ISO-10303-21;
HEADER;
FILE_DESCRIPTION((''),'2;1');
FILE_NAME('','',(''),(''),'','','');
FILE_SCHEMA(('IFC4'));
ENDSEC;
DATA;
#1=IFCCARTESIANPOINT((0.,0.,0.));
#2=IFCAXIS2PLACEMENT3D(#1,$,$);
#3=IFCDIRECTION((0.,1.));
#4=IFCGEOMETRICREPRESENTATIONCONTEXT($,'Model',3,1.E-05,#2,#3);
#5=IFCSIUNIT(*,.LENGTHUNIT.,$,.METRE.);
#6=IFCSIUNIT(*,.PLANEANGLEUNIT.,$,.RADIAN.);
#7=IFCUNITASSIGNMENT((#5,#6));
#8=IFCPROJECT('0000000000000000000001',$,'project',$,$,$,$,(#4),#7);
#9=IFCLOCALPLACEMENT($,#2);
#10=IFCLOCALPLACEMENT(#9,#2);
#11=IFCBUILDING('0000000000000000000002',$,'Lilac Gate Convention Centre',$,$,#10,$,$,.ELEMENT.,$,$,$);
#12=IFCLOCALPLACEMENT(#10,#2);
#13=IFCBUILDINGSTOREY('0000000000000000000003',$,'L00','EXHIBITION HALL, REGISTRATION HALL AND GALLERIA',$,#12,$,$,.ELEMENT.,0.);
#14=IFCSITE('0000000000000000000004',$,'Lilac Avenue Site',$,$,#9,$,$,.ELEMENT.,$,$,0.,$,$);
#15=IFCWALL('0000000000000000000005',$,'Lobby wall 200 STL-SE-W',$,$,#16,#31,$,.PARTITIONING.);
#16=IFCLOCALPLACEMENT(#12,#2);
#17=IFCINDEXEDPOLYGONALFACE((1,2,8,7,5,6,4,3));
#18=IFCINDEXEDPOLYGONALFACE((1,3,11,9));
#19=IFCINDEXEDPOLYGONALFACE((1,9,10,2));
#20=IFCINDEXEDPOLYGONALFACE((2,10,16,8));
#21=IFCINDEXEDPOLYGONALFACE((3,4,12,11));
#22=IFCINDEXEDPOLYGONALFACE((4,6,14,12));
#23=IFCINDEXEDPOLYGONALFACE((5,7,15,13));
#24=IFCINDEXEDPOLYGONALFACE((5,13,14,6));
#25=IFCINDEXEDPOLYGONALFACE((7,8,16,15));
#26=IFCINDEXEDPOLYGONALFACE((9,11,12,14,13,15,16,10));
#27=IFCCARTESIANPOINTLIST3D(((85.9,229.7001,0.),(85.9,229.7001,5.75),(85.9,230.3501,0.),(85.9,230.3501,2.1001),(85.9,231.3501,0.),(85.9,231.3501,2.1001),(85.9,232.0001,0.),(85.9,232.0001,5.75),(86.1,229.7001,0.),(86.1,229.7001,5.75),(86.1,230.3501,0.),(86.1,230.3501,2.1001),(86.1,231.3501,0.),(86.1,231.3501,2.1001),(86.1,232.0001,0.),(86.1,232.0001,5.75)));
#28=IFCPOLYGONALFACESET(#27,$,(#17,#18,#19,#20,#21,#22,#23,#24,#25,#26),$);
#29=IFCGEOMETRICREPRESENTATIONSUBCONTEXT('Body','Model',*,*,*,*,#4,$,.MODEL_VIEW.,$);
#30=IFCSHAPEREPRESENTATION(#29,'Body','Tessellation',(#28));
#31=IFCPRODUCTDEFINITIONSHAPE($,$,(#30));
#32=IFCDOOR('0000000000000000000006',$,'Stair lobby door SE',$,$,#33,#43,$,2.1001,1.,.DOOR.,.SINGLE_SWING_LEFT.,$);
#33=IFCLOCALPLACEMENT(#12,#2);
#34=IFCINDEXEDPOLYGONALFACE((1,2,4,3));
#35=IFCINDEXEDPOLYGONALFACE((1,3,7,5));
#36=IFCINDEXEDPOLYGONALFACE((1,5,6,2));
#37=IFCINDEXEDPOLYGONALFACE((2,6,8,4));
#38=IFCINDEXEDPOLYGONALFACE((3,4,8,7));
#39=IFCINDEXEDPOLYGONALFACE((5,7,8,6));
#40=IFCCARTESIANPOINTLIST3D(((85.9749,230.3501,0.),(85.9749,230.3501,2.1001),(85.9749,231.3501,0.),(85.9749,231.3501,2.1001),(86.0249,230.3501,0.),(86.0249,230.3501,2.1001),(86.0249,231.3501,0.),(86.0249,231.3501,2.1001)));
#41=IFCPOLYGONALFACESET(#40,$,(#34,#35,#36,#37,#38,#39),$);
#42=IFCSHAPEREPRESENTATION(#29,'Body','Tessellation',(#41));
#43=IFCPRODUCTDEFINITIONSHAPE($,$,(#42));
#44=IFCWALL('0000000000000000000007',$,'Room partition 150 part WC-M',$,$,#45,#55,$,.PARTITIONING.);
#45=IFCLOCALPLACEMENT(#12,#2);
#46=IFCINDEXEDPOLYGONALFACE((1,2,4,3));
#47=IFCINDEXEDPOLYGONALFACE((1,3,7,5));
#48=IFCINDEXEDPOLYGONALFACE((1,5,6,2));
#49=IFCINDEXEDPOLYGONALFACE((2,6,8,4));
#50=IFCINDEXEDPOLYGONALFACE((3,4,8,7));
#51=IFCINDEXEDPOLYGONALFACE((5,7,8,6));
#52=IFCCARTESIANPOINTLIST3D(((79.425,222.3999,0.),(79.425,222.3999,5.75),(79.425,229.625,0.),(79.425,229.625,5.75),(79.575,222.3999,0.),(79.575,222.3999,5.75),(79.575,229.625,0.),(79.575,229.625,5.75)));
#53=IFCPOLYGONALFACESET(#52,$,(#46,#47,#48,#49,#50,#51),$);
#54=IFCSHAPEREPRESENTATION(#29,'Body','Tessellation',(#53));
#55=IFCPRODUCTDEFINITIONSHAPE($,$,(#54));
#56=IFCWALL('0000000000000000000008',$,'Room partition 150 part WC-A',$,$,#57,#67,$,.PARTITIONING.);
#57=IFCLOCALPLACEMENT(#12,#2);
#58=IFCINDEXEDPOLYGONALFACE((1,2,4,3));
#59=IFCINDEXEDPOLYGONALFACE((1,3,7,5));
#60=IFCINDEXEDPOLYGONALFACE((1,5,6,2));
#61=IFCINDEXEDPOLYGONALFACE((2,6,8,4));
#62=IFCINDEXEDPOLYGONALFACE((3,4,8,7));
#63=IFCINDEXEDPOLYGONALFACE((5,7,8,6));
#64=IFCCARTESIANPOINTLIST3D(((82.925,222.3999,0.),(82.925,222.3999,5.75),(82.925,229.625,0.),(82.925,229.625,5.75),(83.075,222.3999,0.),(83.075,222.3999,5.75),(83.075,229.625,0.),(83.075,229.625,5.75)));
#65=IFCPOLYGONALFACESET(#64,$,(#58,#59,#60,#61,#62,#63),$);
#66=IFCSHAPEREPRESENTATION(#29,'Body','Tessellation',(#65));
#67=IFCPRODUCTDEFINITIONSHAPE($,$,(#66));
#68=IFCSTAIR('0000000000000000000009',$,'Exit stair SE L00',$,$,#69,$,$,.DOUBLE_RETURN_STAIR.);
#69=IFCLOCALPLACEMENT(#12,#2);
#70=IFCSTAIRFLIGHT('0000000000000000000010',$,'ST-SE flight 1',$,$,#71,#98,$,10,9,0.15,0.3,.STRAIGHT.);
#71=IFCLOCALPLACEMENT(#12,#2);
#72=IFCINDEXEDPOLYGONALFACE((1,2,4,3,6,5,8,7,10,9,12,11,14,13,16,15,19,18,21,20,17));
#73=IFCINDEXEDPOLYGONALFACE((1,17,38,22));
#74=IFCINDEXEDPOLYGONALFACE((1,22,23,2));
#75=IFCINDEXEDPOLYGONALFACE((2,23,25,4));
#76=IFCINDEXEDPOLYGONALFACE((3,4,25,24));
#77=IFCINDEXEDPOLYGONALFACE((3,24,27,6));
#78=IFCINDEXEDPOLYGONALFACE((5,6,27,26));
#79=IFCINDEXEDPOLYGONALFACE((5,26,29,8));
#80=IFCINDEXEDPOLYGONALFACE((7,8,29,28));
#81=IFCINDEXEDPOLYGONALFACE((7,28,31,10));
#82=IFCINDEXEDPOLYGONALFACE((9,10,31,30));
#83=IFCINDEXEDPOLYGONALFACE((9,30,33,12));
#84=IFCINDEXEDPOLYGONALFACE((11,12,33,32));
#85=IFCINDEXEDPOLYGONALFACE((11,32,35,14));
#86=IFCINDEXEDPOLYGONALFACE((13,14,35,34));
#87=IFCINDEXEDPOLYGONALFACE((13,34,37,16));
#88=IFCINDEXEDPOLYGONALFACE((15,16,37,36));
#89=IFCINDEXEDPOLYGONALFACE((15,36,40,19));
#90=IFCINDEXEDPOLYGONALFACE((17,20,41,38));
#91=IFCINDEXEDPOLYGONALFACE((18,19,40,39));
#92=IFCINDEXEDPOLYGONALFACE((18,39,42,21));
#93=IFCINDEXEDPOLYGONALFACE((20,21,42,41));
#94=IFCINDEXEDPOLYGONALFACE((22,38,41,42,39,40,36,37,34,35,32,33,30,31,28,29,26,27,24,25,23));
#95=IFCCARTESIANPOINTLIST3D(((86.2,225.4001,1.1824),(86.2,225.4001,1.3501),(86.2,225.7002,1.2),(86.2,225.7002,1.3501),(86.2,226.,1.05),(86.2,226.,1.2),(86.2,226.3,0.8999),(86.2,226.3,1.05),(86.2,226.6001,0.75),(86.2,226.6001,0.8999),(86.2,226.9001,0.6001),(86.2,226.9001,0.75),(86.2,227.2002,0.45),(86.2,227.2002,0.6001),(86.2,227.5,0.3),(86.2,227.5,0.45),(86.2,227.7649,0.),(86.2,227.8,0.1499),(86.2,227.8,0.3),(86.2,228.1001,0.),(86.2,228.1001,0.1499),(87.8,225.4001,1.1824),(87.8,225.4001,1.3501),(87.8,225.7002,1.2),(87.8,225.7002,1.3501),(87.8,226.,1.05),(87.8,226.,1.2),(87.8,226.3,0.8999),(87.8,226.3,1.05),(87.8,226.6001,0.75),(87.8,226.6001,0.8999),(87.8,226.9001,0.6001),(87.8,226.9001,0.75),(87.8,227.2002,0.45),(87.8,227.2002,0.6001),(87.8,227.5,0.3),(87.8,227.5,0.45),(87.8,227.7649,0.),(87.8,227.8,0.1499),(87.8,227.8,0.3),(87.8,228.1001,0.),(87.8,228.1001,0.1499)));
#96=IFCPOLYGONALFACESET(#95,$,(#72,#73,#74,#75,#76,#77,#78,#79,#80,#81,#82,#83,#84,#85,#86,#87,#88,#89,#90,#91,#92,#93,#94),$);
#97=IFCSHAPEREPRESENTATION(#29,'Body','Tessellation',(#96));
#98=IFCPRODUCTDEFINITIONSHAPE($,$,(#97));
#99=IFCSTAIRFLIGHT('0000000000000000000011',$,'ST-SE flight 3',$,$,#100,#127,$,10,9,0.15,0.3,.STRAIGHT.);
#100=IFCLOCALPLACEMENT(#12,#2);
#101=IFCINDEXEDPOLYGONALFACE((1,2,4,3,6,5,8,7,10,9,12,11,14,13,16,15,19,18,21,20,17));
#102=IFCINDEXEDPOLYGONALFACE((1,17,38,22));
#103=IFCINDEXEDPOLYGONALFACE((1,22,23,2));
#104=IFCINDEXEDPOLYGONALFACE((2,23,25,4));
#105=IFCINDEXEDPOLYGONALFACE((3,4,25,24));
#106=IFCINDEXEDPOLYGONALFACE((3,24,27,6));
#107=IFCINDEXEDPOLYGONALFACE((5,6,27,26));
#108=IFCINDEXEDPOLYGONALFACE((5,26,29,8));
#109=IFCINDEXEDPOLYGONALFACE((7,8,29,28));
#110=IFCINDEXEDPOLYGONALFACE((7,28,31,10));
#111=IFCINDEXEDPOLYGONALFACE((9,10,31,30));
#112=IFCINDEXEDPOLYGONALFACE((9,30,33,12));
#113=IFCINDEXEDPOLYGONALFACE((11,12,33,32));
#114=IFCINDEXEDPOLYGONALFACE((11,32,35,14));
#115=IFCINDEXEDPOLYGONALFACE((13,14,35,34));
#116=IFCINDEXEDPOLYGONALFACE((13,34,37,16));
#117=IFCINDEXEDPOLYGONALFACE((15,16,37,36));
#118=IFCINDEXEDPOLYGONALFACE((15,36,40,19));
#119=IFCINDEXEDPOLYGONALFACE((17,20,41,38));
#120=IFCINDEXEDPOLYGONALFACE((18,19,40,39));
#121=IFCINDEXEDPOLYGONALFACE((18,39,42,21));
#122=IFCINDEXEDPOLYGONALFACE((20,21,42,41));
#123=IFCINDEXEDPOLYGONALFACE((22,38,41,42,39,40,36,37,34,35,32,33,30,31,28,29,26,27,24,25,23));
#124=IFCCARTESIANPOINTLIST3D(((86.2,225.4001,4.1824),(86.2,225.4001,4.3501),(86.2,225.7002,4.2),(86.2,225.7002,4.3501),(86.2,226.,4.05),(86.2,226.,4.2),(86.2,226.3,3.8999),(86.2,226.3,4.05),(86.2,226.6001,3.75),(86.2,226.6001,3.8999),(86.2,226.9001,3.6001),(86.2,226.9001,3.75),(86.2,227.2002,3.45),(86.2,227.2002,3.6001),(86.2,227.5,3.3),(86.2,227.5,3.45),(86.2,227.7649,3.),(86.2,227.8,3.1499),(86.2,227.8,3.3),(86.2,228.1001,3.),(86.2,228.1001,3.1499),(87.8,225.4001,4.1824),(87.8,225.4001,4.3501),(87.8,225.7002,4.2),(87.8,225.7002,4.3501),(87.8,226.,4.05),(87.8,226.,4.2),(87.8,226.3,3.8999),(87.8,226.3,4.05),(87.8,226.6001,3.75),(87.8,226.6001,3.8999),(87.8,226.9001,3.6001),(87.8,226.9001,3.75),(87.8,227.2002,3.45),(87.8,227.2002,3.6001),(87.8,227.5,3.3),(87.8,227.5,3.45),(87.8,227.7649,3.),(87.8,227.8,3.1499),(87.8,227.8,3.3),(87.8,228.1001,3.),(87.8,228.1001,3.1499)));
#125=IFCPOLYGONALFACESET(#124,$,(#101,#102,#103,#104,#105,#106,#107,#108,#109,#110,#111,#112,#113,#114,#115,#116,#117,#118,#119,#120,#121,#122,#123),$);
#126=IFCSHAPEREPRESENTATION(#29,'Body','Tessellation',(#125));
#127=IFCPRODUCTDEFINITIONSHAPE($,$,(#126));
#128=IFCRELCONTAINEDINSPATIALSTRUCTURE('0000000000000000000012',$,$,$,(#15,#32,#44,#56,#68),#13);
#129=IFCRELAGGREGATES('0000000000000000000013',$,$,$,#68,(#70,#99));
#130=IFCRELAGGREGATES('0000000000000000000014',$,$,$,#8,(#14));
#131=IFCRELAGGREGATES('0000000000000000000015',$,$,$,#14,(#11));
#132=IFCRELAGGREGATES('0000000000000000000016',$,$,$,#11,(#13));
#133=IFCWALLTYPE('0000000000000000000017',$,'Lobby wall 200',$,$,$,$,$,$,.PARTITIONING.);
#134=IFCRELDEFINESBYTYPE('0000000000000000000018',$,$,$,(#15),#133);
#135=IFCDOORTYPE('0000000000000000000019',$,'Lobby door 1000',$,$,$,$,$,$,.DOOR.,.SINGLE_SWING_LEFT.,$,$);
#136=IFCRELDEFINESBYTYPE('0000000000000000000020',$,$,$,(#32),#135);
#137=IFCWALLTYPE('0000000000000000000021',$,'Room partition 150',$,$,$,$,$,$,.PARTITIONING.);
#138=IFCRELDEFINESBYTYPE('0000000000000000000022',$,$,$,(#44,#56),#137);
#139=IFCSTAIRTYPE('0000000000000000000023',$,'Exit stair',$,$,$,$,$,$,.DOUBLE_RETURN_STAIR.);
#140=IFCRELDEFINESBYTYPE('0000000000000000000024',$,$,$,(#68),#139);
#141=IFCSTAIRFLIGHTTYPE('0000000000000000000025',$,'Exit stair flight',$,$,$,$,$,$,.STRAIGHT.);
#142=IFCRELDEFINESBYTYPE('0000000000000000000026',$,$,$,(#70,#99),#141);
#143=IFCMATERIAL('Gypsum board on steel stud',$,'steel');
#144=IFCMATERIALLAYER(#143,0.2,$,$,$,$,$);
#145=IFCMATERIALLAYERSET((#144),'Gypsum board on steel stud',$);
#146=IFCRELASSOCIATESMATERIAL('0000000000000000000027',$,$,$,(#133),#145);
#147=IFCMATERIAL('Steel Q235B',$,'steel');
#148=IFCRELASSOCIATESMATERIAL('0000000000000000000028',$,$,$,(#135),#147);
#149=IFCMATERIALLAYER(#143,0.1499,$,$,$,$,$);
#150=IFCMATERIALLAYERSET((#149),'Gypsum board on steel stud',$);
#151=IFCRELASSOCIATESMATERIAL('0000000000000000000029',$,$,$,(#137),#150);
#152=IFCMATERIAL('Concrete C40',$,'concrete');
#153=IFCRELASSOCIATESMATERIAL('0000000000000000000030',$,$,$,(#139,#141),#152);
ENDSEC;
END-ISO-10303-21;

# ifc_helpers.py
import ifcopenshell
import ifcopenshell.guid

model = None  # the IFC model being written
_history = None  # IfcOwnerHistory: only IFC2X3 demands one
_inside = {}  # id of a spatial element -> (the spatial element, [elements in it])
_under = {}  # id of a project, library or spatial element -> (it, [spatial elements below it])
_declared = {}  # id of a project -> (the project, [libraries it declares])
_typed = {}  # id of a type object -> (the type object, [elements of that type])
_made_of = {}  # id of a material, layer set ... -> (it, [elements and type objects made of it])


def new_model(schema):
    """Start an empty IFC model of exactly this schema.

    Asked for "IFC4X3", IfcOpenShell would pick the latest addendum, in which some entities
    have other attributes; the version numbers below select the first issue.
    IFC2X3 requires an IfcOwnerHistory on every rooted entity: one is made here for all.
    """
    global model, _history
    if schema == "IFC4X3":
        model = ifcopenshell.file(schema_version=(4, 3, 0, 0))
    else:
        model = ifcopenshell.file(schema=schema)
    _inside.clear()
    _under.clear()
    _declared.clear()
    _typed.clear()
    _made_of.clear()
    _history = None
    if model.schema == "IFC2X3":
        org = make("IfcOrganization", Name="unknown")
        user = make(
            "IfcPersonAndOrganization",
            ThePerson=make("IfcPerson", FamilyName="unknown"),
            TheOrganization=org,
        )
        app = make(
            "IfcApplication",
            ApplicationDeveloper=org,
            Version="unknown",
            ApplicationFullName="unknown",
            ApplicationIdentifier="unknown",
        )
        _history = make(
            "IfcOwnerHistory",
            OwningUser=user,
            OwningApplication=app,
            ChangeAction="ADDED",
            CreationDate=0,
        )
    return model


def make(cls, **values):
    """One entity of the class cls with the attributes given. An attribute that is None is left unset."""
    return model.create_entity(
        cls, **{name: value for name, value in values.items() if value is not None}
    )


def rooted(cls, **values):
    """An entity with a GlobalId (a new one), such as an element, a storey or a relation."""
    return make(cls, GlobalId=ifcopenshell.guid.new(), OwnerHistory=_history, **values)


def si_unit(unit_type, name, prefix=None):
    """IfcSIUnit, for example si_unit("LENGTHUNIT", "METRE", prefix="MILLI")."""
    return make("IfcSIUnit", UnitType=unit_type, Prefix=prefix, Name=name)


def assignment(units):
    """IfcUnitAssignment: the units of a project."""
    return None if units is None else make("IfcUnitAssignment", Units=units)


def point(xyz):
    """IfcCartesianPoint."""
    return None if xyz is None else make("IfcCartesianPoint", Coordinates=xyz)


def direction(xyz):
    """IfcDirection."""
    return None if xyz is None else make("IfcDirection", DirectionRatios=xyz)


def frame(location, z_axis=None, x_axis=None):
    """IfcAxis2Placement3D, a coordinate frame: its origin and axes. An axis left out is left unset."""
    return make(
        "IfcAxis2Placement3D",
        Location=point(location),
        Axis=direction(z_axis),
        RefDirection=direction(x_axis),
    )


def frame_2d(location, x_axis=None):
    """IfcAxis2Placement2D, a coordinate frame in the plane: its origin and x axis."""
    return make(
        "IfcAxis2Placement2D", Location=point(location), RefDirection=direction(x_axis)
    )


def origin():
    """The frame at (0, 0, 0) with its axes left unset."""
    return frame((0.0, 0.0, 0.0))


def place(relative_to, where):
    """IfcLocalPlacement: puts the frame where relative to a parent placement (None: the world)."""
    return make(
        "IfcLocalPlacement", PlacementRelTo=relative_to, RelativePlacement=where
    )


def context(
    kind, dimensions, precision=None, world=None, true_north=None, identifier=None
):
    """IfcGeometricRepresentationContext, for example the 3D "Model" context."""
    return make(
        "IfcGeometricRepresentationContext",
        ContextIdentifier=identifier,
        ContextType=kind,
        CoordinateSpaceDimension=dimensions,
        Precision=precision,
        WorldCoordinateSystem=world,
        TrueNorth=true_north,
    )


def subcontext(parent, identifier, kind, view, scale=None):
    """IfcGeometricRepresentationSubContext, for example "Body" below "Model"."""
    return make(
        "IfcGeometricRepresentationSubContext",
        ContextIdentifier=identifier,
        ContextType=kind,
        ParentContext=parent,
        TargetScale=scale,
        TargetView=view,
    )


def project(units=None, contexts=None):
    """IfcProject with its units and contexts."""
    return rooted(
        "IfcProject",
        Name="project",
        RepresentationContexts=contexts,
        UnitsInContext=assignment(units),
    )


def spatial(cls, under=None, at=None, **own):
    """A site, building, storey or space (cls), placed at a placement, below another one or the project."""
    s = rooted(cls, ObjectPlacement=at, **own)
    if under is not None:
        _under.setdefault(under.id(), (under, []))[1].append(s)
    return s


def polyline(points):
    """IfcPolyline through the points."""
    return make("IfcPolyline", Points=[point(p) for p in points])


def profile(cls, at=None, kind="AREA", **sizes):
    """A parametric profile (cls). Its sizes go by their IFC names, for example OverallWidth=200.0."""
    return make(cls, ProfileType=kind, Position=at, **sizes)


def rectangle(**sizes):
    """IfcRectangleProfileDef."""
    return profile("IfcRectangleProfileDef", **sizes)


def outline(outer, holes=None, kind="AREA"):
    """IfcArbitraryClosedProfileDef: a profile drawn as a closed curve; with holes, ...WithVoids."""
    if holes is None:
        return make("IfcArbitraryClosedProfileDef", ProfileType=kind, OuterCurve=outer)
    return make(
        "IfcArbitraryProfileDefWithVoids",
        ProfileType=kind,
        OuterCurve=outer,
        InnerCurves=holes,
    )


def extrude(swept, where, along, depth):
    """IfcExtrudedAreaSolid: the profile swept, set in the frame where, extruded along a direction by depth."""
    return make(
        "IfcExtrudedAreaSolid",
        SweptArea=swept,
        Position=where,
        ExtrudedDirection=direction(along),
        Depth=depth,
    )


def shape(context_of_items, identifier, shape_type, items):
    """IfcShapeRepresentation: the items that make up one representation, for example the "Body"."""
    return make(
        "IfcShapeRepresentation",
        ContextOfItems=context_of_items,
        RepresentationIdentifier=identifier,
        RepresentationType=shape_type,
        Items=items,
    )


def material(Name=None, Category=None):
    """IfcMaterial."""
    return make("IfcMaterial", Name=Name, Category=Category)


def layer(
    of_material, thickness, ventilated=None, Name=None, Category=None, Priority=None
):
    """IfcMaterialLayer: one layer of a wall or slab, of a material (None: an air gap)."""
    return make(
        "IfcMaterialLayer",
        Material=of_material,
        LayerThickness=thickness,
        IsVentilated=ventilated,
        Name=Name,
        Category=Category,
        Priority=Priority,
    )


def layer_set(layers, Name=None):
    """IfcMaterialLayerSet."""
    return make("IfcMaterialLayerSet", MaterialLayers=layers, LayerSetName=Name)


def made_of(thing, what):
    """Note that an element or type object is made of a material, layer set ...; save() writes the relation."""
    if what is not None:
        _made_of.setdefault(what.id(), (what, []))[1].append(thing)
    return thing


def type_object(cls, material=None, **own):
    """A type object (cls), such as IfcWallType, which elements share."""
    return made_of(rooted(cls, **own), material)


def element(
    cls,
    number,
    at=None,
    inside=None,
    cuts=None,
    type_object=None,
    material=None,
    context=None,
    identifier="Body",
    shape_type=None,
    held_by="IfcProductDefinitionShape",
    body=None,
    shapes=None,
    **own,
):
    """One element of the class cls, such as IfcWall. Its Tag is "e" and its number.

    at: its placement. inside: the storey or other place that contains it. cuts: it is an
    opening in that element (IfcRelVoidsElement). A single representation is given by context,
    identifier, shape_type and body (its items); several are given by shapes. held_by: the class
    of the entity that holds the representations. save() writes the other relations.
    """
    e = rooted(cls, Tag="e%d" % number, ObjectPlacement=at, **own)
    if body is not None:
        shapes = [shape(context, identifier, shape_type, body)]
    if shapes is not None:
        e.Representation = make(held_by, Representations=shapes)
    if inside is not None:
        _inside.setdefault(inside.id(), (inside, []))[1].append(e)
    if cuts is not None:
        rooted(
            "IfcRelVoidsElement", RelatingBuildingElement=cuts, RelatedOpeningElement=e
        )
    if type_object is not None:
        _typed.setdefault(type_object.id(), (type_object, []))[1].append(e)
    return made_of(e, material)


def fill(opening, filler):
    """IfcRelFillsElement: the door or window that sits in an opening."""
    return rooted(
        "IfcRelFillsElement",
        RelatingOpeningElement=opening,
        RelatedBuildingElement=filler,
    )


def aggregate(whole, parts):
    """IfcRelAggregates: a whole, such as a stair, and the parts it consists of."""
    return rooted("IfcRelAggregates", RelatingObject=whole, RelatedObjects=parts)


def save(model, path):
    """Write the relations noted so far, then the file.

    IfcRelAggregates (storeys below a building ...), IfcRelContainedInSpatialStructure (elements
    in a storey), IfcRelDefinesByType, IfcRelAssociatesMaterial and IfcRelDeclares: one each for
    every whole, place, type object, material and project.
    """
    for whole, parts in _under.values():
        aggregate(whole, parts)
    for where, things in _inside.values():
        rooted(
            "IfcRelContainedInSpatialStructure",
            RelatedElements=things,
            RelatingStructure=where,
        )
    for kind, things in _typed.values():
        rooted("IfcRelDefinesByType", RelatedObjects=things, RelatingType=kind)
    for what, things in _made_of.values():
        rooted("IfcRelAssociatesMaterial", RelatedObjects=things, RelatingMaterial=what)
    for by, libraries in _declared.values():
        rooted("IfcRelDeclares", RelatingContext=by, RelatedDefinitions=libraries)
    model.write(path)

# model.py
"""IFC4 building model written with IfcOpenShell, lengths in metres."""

from ifc_helpers import new_model, si_unit, direction, frame, frame_2d, origin, place, context, subcontext, project, spatial, polyline, rectangle, outline, extrude, material, layer, layer_set, type_object, element, fill, aggregate, save


model = new_model("IFC4")

# Units and contexts
model_context = context("Model", 3, precision=1e-05, world=origin(), true_north=direction((0.0, 1.0)))
body_context = subcontext(model_context, "Body", "Model", "MODEL_VIEW")
ifc_project = project(units=[si_unit("LENGTHUNIT", "METRE"), si_unit("PLANEANGLEUNIT", "RADIAN")], contexts=[model_context])

# Site, building, storey
site_placement = place(None, origin())
site = spatial("IfcSite", under=ifc_project, at=site_placement, Name="Lilac Avenue Site", CompositionType="ELEMENT", RefElevation=0.0)
building_placement = place(site_placement, origin())
building = spatial("IfcBuilding", under=site, at=building_placement, Name="Lilac Gate Convention Centre", CompositionType="ELEMENT")
storey_placement = place(building_placement, origin())
storey = spatial("IfcBuildingStorey", under=building, at=storey_placement, Name="L00", Description="EXHIBITION HALL, REGISTRATION HALL AND GALLERIA", CompositionType="ELEMENT", Elevation=0.0)

# Shared definitions
ifc_material_1 = material(Name="Gypsum board on steel stud", Category="steel")
ifc_layer_1 = layer(ifc_material_1, 0.2)
ifc_layer_set_1 = layer_set([ifc_layer_1], Name="Gypsum board on steel stud")
wall_type_1 = type_object("IfcWallType", Name="Lobby wall 200", PredefinedType="PARTITIONING", material=ifc_layer_set_1)
ifc_material_2 = material(Name="Steel Q235B", Category="steel")
door_type_1 = type_object("IfcDoorType", Name="Lobby door 1000", OperationType="SINGLE_SWING_LEFT", PredefinedType="DOOR", material=ifc_material_2)

# Wall, opening, door
wall_1_placement = place(storey_placement, frame((86.0, 232.0, 0.0), z_axis=(0.0, 0.0, 1.0), x_axis=(0.0, -1.0, 0.0)))
wall_1 = element("IfcWall", 1, at=wall_1_placement, inside=storey, type_object=wall_type_1, Name="Lobby wall 200 STL-SE-W", PredefinedType="PARTITIONING", context=body_context, shape_type="SweptSolid", body=[
    extrude(rectangle(XDim=2.3, YDim=0.2, at=frame_2d((1.1499, 0.0))), origin(), (0.0, 0.0, 1.0), 5.75),
])
opening_1_placement = place(wall_1_placement, frame((0.6499, 0.0, 0.0)))
opening_1 = element("IfcOpeningElement", 2, at=opening_1_placement, cuts=wall_1, PredefinedType="OPENING", context=body_context, shape_type="SweptSolid", body=[
    extrude(rectangle(XDim=1.0, YDim=2.1001, at=frame_2d((0.5, 1.05))), frame((0.0, 0.1099, 0.0), z_axis=(0.0, -1.0, 0.0), x_axis=(1.0, 0.0, 0.0)), (0.0, 0.0, 1.0), 0.22),
])
door_1_placement = place(opening_1_placement, origin())
door_1 = element("IfcDoor", 3, at=door_1_placement, inside=storey, type_object=door_type_1, Name="Stair lobby door SE", OperationType="SINGLE_SWING_LEFT", OverallHeight=2.1001, OverallWidth=1.0, PredefinedType="DOOR", context=body_context, shape_type="SweptSolid", body=[
    extrude(rectangle(XDim=1.0, YDim=2.1001, at=frame_2d((0.5, 1.05))), frame((0.0, 0.0249, 0.0), z_axis=(0.0, -1.0, 0.0), x_axis=(1.0, 0.0, 0.0)), (0.0, 0.0, 1.0), 0.05),
])
fill(opening_1, door_1)

# Walls
ifc_layer_2 = layer(ifc_material_1, 0.1499)
ifc_layer_set_2 = layer_set([ifc_layer_2], Name="Gypsum board on steel stud")
wall_type_2 = type_object("IfcWallType", Name="Room partition 150", PredefinedType="PARTITIONING", material=ifc_layer_set_2)
for number, where, z_axis, x_axis, name in (
    (4, (79.5, 222.3999, 0.0), (0.0, 0.0, 1.0), (0.0, 1.0, 0.0), "Room partition 150 part WC-M"),
    (5, (83.0, 222.3999, 0.0), (0.0, 0.0, 1.0), (0.0, 1.0, 0.0), "Room partition 150 part WC-A"),
):
    element("IfcWall", number, at=place(storey_placement, frame(where, z_axis=z_axis, x_axis=x_axis)), inside=storey, type_object=wall_type_2, Name=name, PredefinedType="PARTITIONING", context=body_context, shape_type="SweptSolid", body=[
        extrude(rectangle(XDim=7.2251, YDim=0.1499, at=frame_2d((3.6125, 0.0))), origin(), (0.0, 0.0, 1.0), 5.75),
    ])

# Stair, stair flights
ifc_material_3 = material(Name="Concrete C40", Category="concrete")
stair_type = type_object("IfcStairType", Name="Exit stair", PredefinedType="DOUBLE_RETURN_STAIR", material=ifc_material_3)
stair_placement = place(storey_placement, origin())
stair = element("IfcStair", 6, at=stair_placement, inside=storey, type_object=stair_type, Name="Exit stair SE L00", PredefinedType="DOUBLE_RETURN_STAIR")
stair_flight_type = type_object("IfcStairFlightType", Name="Exit stair flight", PredefinedType="STRAIGHT", material=ifc_material_3)
stair_flight_1_placement = place(storey_placement, frame((87.0, 228.1001, 0.0), z_axis=(0.0, 0.0, 1.0), x_axis=(0.0, -1.0, 0.0)))
stair_flight_1 = element("IfcStairFlight", 7, at=stair_flight_1_placement, type_object=stair_flight_type, Name="ST-SE flight 1", NumberOfRisers=10, NumberOfTreads=9, PredefinedType="STRAIGHT", RiserHeight=0.15, TreadLength=0.3, context=body_context, shape_type="SweptSolid", body=[
    extrude(outline(polyline([(0.0, 0.0), (0.0, 0.1499), (0.3, 0.1499), (0.3, 0.3), (0.6001, 0.3), (0.6001, 0.45), (0.8999, 0.45), (0.8999, 0.6001), (1.2, 0.6001), (1.2, 0.75), (1.5, 0.75), (1.5, 0.8999), (1.8, 0.8999), (1.8, 1.05), (2.1001, 1.05), (2.1001, 1.2), (2.3999, 1.2), (2.3999, 1.3501), (2.7, 1.3501), (2.7, 1.5), (2.7, 1.1824), (0.3352, 0.0), (0.0, 0.0)])), frame((0.0, 0.8, 0.0), z_axis=(0.0, -1.0, 0.0), x_axis=(1.0, 0.0, 0.0)), (0.0, 0.0, 1.0), 1.6001),
])
stair_flight_2_placement = place(storey_placement, frame((87.0, 228.1001, 3.0), z_axis=(0.0, 0.0, 1.0), x_axis=(0.0, -1.0, 0.0)))
stair_flight_2 = element("IfcStairFlight", 8, at=stair_flight_2_placement, type_object=stair_flight_type, Name="ST-SE flight 3", NumberOfRisers=10, NumberOfTreads=9, PredefinedType="STRAIGHT", RiserHeight=0.15, TreadLength=0.3, context=body_context, shape_type="SweptSolid", body=[
    extrude(outline(polyline([(0.0, 0.0), (0.0, 0.1499), (0.3, 0.1499), (0.3, 0.3), (0.6001, 0.3), (0.6001, 0.45), (0.8999, 0.45), (0.8999, 0.6001), (1.2, 0.6001), (1.2, 0.75), (1.5, 0.75), (1.5, 0.8999), (1.8, 0.8999), (1.8, 1.05), (2.1001, 1.05), (2.1001, 1.2), (2.3999, 1.2), (2.3999, 1.3501), (2.7, 1.3501), (2.7, 1.5), (2.7, 1.1824), (0.3352, 0.0), (0.0, 0.0)])), frame((0.0, 0.8, 0.0), z_axis=(0.0, -1.0, 0.0), x_axis=(1.0, 0.0, 0.0)), (0.0, 0.0, 1.0), 1.6001),
])
aggregate(stair, [stair_flight_1, stair_flight_2])

save(model, "model.ifc")
